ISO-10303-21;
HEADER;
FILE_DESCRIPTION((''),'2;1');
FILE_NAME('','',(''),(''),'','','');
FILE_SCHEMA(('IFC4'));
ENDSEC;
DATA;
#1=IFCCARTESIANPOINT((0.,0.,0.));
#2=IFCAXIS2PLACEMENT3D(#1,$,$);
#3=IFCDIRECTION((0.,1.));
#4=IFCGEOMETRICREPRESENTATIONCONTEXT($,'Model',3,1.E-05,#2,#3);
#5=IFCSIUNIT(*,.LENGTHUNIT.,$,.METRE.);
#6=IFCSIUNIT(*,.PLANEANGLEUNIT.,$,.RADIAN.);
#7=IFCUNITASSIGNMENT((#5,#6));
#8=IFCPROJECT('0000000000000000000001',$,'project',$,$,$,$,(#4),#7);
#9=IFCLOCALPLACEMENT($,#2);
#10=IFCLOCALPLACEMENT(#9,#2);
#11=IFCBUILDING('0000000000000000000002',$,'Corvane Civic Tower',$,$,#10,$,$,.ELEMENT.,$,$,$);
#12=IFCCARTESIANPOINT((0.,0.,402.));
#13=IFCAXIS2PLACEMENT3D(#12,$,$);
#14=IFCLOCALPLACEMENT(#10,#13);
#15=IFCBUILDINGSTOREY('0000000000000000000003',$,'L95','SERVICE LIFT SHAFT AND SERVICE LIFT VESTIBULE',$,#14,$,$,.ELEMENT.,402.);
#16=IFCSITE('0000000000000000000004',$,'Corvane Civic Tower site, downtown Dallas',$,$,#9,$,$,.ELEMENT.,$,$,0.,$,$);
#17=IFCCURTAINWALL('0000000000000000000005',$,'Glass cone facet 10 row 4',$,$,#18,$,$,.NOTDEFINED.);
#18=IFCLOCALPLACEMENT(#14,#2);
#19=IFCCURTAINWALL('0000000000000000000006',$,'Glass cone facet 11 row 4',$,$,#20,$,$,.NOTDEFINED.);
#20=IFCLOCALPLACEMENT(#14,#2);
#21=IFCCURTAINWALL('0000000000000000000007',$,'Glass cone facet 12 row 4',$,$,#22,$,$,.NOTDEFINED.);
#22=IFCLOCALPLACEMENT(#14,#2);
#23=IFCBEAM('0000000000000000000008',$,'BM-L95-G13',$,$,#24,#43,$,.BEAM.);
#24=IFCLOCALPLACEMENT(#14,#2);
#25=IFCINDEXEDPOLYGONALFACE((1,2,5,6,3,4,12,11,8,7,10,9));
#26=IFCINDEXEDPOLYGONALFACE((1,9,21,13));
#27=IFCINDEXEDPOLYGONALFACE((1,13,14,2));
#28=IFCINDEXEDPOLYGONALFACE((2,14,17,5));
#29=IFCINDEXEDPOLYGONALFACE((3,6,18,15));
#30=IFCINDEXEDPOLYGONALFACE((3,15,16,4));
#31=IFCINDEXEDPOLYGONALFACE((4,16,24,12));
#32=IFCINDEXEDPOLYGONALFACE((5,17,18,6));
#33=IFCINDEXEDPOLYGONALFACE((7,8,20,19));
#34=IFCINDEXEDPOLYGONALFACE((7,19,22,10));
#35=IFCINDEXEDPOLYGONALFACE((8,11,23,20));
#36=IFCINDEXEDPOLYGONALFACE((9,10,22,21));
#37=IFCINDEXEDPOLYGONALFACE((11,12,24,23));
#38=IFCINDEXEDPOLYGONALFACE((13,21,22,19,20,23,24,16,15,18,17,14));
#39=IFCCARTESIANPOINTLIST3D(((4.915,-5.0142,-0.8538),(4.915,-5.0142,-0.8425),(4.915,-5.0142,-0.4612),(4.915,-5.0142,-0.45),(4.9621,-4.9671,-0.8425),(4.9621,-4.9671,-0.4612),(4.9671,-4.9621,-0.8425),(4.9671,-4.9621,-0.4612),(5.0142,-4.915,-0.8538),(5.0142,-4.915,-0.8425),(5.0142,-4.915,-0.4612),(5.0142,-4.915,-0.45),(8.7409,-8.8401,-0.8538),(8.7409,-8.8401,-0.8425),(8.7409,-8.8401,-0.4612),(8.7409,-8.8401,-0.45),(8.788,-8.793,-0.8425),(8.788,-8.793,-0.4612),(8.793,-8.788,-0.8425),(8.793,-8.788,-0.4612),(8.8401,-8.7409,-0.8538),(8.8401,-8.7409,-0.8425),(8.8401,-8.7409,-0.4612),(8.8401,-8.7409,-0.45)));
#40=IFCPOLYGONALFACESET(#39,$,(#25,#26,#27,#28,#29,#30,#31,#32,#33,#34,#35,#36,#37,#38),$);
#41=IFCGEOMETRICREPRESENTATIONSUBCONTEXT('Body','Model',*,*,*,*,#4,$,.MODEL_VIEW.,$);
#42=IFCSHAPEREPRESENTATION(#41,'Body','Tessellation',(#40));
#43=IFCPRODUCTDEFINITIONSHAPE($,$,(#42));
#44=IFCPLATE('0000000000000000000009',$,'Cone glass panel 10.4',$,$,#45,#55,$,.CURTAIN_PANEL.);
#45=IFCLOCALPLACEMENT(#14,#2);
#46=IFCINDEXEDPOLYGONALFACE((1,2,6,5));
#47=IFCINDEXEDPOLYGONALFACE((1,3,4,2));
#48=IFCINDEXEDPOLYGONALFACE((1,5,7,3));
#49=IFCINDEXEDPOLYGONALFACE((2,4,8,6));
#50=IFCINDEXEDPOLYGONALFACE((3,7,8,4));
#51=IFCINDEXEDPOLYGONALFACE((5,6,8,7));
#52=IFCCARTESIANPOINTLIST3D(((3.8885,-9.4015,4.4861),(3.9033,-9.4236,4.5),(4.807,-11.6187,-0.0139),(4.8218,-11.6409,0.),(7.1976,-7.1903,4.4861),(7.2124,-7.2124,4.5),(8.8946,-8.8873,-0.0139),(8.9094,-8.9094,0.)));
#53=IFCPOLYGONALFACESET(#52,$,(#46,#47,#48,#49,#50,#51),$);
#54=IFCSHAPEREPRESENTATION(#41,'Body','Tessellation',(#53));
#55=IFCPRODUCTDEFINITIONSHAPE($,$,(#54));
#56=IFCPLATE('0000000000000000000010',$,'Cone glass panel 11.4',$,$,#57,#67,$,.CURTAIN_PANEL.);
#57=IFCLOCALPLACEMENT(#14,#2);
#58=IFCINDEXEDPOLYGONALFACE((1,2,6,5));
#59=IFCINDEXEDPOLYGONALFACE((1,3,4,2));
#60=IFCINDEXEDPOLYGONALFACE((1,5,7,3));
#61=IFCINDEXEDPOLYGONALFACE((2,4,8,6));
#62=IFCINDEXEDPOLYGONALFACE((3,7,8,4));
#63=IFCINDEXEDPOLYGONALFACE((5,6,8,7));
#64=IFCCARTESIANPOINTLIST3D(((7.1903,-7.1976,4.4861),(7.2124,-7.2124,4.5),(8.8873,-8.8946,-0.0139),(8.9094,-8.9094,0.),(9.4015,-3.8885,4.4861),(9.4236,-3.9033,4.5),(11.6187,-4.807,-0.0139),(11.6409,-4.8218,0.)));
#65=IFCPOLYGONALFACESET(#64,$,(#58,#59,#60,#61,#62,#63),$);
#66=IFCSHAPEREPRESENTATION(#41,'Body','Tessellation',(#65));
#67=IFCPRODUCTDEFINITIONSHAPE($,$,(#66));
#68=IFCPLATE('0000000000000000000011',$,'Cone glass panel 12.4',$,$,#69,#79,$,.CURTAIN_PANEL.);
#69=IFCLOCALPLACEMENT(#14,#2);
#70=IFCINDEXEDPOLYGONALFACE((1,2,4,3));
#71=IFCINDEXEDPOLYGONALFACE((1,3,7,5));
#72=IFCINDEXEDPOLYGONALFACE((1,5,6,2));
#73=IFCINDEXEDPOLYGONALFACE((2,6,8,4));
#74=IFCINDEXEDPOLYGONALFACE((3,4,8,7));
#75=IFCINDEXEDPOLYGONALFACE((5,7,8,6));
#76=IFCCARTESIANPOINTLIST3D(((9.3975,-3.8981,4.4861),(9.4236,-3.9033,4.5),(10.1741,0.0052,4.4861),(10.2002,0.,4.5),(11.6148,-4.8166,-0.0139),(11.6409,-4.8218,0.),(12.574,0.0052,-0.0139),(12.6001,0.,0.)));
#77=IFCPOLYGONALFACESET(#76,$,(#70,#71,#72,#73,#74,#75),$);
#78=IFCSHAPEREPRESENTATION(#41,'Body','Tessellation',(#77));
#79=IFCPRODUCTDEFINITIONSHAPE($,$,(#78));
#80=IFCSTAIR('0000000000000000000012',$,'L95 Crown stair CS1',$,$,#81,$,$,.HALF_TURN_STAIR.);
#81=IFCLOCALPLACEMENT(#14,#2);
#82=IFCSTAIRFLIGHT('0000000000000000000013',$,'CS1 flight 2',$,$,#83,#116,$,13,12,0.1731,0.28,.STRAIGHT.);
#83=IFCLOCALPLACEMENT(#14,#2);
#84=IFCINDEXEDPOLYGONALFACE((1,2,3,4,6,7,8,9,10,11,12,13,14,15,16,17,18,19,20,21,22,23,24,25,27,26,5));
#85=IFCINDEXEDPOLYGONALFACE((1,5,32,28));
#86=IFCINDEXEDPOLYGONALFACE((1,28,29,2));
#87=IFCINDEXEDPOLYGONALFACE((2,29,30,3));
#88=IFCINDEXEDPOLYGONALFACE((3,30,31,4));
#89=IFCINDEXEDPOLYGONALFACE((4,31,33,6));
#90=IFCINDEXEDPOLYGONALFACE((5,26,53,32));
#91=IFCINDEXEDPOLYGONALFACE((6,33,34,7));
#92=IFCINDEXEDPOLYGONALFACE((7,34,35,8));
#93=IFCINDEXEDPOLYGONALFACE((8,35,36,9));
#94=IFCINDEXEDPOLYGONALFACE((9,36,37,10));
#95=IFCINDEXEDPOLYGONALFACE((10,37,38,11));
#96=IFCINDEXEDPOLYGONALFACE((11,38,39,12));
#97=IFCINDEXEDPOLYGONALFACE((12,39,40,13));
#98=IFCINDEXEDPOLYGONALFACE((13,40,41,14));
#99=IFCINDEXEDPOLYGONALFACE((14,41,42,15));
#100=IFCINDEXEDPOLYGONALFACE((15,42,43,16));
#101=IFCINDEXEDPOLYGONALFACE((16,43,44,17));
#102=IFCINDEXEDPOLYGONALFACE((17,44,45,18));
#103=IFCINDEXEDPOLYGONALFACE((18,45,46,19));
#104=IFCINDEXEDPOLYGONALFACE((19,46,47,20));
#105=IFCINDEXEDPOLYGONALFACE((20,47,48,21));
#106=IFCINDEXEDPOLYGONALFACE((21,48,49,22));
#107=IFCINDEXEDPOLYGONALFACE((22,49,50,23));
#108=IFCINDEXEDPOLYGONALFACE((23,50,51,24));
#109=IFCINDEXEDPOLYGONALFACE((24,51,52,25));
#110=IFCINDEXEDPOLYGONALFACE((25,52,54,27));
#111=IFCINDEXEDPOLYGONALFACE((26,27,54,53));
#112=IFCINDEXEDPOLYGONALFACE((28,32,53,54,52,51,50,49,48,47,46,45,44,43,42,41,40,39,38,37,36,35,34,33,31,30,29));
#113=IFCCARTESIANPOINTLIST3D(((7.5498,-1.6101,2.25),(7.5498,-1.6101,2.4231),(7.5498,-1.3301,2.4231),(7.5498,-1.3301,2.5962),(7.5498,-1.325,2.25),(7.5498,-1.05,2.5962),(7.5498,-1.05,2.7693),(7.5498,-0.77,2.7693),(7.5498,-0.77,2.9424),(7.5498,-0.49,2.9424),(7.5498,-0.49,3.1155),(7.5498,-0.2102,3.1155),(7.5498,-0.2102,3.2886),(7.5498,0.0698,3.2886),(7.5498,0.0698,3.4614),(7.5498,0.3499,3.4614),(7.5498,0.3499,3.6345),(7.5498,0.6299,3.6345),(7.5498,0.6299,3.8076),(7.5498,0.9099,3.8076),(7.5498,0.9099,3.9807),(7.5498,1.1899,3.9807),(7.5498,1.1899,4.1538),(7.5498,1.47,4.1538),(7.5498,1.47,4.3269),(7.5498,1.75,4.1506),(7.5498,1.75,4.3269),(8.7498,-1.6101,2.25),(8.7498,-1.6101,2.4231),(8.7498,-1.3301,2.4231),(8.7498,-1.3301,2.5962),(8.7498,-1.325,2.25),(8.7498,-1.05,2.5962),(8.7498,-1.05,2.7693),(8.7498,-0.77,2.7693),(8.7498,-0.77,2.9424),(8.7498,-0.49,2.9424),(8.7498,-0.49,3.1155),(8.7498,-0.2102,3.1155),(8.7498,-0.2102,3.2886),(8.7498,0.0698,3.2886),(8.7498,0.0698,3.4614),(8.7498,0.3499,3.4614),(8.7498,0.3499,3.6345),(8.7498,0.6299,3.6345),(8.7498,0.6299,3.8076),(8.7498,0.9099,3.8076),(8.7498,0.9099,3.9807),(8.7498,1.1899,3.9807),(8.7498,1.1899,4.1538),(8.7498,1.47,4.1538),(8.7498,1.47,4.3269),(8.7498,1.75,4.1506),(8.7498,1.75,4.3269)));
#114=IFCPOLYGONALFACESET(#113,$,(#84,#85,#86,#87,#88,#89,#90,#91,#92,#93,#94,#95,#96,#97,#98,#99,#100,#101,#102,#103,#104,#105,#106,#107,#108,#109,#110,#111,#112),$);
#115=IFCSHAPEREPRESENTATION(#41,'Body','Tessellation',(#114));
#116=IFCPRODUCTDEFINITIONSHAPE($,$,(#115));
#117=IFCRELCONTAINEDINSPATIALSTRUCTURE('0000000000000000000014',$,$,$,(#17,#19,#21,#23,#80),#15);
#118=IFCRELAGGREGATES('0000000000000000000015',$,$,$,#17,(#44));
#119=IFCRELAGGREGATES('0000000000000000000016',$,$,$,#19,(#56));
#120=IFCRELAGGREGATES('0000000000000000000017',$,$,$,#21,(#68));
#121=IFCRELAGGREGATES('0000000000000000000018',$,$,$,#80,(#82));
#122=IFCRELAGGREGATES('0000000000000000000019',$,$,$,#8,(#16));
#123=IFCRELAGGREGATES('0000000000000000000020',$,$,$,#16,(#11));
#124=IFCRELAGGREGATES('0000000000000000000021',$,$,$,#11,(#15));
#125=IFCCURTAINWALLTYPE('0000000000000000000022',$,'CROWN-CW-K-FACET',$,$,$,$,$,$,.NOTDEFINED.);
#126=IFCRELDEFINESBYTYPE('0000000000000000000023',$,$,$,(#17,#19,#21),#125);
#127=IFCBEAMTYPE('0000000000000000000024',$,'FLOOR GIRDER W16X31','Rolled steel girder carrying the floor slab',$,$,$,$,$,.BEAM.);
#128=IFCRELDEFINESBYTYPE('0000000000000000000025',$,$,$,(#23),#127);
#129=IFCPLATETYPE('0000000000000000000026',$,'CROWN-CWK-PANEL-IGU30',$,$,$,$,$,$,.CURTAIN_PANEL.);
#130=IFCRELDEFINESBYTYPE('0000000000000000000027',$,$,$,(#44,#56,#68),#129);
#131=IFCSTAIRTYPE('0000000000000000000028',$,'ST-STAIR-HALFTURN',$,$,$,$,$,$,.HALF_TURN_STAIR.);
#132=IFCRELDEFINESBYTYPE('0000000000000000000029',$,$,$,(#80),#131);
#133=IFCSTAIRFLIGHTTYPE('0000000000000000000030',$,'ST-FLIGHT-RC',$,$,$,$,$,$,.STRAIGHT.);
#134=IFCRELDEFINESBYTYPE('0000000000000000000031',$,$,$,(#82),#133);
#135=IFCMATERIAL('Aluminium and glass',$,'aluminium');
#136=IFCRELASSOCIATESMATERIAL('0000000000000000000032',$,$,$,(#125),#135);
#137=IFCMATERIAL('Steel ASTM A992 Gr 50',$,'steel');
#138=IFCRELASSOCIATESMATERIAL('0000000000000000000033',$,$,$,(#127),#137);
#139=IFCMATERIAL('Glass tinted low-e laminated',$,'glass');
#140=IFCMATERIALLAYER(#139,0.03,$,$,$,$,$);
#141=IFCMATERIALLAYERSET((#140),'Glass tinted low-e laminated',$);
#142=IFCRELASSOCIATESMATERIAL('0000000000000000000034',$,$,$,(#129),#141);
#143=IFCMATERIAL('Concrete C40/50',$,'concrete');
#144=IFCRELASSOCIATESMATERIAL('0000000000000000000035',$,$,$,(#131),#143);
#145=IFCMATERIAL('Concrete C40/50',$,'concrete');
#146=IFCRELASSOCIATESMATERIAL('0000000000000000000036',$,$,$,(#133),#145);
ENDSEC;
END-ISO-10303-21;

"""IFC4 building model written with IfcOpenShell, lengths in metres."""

from ifc_helpers import new_model, si_unit, direction, frame, origin, origin_2d, place, context, subcontext, project, spatial, polyline, i_section, outline, extrude, material, layer, layer_set, material_profile, profile_set, type_object, element, aggregate, save


model = new_model("IFC4")

# Units and contexts
model_context = context("Model", 3, precision=1e-05, world=origin(), true_north=direction((0.0, 1.0)))
body_context = subcontext(model_context, "Body", "Model", "MODEL_VIEW")
ifc_project = project(units=[si_unit("LENGTHUNIT", "METRE"), si_unit("PLANEANGLEUNIT", "RADIAN")], contexts=[model_context])

# Site, building, storey
site_placement = place(None, origin())
site = spatial("IfcSite", under=ifc_project, at=site_placement, Name="Corvane Civic Tower site, downtown Dallas", CompositionType="ELEMENT", RefElevation=0.0)
building_placement = place(site_placement, origin())
building = spatial("IfcBuilding", under=site, at=building_placement, Name="Corvane Civic Tower", CompositionType="ELEMENT")
storey_placement = place(building_placement, frame((0.0, 0.0, 402.0)))
storey = spatial("IfcBuildingStorey", under=building, at=storey_placement, Name="L95", Description="SERVICE LIFT SHAFT AND SERVICE LIFT VESTIBULE", CompositionType="ELEMENT", Elevation=402.0)

# Curtain walls
ifc_material_1 = material(Name="Aluminium and glass", Category="aluminium")
curtain_wall_type = type_object("IfcCurtainWallType", Name="CROWN-CW-K-FACET", PredefinedType="NOTDEFINED", material=ifc_material_1)
curtain_wall_1_placement = place(storey_placement, origin())
curtain_wall_1 = element("IfcCurtainWall", 1, at=curtain_wall_1_placement, inside=storey, type_object=curtain_wall_type, Name="Glass cone facet 10 row 4", PredefinedType="NOTDEFINED")
curtain_wall_2_placement = place(storey_placement, origin())
curtain_wall_2 = element("IfcCurtainWall", 2, at=curtain_wall_2_placement, inside=storey, type_object=curtain_wall_type, Name="Glass cone facet 11 row 4", PredefinedType="NOTDEFINED")
curtain_wall_3_placement = place(storey_placement, origin())
curtain_wall_3 = element("IfcCurtainWall", 3, at=curtain_wall_3_placement, inside=storey, type_object=curtain_wall_type, Name="Glass cone facet 12 row 4", PredefinedType="NOTDEFINED")

# Beam
ifc_material_2 = material(Name="Steel ASTM A992 Gr 50", Category="steel")
ifc_material_profile_1 = material_profile(ifc_material_2, i_section(OverallWidth=0.1404, OverallDepth=0.4038, WebThickness=0.0071, FlangeThickness=0.0112, at=origin_2d()), Name="W16X31")
ifc_profile_set_1 = profile_set([ifc_material_profile_1], Name="Steel ASTM A992 Gr 50")
beam_type_1 = type_object("IfcBeamType", Name="FLOOR GIRDER W16X31", Description="Rolled steel girder carrying the floor slab", PredefinedType="BEAM", material=ifc_profile_set_1)
beam_1_placement = place(storey_placement, frame((4.9646, -4.9646, -0.6519), z_axis=(0.707107, -0.707107, 0.0), x_axis=(0.707107, 0.707107, 0.0)))
element("IfcBeam", 4, at=beam_1_placement, inside=storey, type_object=beam_type_1, Name="BM-L95-G13", PredefinedType="BEAM", context=body_context, shape_type="SweptSolid", body=[
    extrude(i_section(OverallWidth=0.1404, OverallDepth=0.4038, WebThickness=0.0071, FlangeThickness=0.0112, at=origin_2d()), origin(), (0.0, 0.0, 1.0), 5.4106),
])

# Plates
ifc_material_3 = material(Name="Glass tinted low-e laminated", Category="glass")
ifc_layer = layer(ifc_material_3, 0.03)
ifc_layer_set = layer_set([ifc_layer], Name="Glass tinted low-e laminated")
plate_type = type_object("IfcPlateType", Name="CROWN-CWK-PANEL-IGU30", PredefinedType="CURTAIN_PANEL", material=ifc_layer_set)
plate_1_placement = place(storey_placement, frame((4.8218, -11.6409, 0.0), z_axis=(0.492309, -0.73675, 0.463499), x_axis=(0.831454, 0.555593, 0.0)))
plate_1 = element("IfcPlate", 5, at=plate_1_placement, type_object=plate_type, Name="Cone glass panel 10.4", PredefinedType="CURTAIN_PANEL", context=body_context, shape_type="SweptSolid", body=[
    extrude(outline(polyline([(0.0, 0.0), (4.9163, 0.0), (4.4481, 5.0784), (0.4683, 5.0784), (0.0, 0.0)])), origin(), (0.0, 0.0, -1.0), 0.03),
])
aggregate(curtain_wall_1, [plate_1])
plate_2_placement = place(storey_placement, frame((8.9094, -8.9094, 0.0), z_axis=(0.73675, -0.492309, 0.463499), x_axis=(0.555593, 0.831454, 0.0)))
plate_2 = element("IfcPlate", 6, at=plate_2_placement, type_object=plate_type, Name="Cone glass panel 11.4", PredefinedType="CURTAIN_PANEL", context=body_context, shape_type="SweptSolid", body=[
    extrude(outline(polyline([(0.0, 0.0), (4.9163, 0.0), (4.448, 5.0784), (0.4681, 5.0784), (0.0, 0.0)])), origin(), (0.0, 0.0, -1.0), 0.03),
])
aggregate(curtain_wall_2, [plate_2])
plate_3_placement = place(storey_placement, frame((11.6409, -4.8218, 0.0), z_axis=(0.869068, -0.172899, 0.463494), x_axis=(0.195122, 0.980779, 0.000004)))
plate_3 = element("IfcPlate", 7, at=plate_3_placement, type_object=plate_type, Name="Cone glass panel 12.4", PredefinedType="CURTAIN_PANEL", context=body_context, shape_type="SweptSolid", body=[
    extrude(outline(polyline([(0.0, 0.0), (4.9163, 0.0), (4.448, 5.0784), (0.4682, 5.0785), (0.0, 0.0)])), origin(), (0.0, 0.0, -1.0), 0.03),
])
aggregate(curtain_wall_3, [plate_3])

# Stair, stair flight
ifc_material_4 = material(Name="Concrete C40/50", Category="concrete")
stair_type = type_object("IfcStairType", Name="ST-STAIR-HALFTURN", PredefinedType="HALF_TURN_STAIR", material=ifc_material_4)
stair_placement = place(storey_placement, origin())
stair = element("IfcStair", 8, at=stair_placement, inside=storey, type_object=stair_type, Name="L95 Crown stair CS1", PredefinedType="HALF_TURN_STAIR")
ifc_material_5 = material(Name="Concrete C40/50", Category="concrete")
stair_flight_type = type_object("IfcStairFlightType", Name="ST-FLIGHT-RC", PredefinedType="STRAIGHT", material=ifc_material_5)
stair_flight_placement = place(storey_placement, frame((8.1499, -1.6101, 2.25), z_axis=(0.0, 0.0, 1.0), x_axis=(0.0, 1.0, 0.0)))
stair_flight = element("IfcStairFlight", 9, at=stair_flight_placement, type_object=stair_flight_type, Name="CS1 flight 2", NumberOfRisers=13, NumberOfTreads=12, PredefinedType="STRAIGHT", RiserHeight=0.1731, TreadLength=0.28, context=body_context, shape_type="SweptSolid", body=[
    extrude(outline(polyline([(0.0, 0.0), (0.0, 0.1731), (0.28, 0.1731), (0.28, 0.3462), (0.5601, 0.3462), (0.5601, 0.5193), (0.8401, 0.5193), (0.8401, 0.6924), (1.1201, 0.6924), (1.1201, 0.8655), (1.3999, 0.8655), (1.3999, 1.0386), (1.6799, 1.0386), (1.6799, 1.2114), (1.96, 1.2114), (1.96, 1.3845), (2.24, 1.3845), (2.24, 1.5576), (2.52, 1.5576), (2.52, 1.7307), (2.8, 1.7307), (2.8, 1.9038), (3.0801, 1.9038), (3.0801, 2.0769), (3.3601, 2.0769), (3.3601, 2.25), (3.3601, 1.9006), (0.2852, 0.0), (0.0, 0.0)])), frame((0.0, 0.6001, 0.0), z_axis=(0.0, -1.0, 0.0), x_axis=(1.0, 0.0, 0.0)), (0.0, 0.0, 1.0), 1.2),
])
aggregate(stair, [stair_flight])

save(model, "model.ifc")
